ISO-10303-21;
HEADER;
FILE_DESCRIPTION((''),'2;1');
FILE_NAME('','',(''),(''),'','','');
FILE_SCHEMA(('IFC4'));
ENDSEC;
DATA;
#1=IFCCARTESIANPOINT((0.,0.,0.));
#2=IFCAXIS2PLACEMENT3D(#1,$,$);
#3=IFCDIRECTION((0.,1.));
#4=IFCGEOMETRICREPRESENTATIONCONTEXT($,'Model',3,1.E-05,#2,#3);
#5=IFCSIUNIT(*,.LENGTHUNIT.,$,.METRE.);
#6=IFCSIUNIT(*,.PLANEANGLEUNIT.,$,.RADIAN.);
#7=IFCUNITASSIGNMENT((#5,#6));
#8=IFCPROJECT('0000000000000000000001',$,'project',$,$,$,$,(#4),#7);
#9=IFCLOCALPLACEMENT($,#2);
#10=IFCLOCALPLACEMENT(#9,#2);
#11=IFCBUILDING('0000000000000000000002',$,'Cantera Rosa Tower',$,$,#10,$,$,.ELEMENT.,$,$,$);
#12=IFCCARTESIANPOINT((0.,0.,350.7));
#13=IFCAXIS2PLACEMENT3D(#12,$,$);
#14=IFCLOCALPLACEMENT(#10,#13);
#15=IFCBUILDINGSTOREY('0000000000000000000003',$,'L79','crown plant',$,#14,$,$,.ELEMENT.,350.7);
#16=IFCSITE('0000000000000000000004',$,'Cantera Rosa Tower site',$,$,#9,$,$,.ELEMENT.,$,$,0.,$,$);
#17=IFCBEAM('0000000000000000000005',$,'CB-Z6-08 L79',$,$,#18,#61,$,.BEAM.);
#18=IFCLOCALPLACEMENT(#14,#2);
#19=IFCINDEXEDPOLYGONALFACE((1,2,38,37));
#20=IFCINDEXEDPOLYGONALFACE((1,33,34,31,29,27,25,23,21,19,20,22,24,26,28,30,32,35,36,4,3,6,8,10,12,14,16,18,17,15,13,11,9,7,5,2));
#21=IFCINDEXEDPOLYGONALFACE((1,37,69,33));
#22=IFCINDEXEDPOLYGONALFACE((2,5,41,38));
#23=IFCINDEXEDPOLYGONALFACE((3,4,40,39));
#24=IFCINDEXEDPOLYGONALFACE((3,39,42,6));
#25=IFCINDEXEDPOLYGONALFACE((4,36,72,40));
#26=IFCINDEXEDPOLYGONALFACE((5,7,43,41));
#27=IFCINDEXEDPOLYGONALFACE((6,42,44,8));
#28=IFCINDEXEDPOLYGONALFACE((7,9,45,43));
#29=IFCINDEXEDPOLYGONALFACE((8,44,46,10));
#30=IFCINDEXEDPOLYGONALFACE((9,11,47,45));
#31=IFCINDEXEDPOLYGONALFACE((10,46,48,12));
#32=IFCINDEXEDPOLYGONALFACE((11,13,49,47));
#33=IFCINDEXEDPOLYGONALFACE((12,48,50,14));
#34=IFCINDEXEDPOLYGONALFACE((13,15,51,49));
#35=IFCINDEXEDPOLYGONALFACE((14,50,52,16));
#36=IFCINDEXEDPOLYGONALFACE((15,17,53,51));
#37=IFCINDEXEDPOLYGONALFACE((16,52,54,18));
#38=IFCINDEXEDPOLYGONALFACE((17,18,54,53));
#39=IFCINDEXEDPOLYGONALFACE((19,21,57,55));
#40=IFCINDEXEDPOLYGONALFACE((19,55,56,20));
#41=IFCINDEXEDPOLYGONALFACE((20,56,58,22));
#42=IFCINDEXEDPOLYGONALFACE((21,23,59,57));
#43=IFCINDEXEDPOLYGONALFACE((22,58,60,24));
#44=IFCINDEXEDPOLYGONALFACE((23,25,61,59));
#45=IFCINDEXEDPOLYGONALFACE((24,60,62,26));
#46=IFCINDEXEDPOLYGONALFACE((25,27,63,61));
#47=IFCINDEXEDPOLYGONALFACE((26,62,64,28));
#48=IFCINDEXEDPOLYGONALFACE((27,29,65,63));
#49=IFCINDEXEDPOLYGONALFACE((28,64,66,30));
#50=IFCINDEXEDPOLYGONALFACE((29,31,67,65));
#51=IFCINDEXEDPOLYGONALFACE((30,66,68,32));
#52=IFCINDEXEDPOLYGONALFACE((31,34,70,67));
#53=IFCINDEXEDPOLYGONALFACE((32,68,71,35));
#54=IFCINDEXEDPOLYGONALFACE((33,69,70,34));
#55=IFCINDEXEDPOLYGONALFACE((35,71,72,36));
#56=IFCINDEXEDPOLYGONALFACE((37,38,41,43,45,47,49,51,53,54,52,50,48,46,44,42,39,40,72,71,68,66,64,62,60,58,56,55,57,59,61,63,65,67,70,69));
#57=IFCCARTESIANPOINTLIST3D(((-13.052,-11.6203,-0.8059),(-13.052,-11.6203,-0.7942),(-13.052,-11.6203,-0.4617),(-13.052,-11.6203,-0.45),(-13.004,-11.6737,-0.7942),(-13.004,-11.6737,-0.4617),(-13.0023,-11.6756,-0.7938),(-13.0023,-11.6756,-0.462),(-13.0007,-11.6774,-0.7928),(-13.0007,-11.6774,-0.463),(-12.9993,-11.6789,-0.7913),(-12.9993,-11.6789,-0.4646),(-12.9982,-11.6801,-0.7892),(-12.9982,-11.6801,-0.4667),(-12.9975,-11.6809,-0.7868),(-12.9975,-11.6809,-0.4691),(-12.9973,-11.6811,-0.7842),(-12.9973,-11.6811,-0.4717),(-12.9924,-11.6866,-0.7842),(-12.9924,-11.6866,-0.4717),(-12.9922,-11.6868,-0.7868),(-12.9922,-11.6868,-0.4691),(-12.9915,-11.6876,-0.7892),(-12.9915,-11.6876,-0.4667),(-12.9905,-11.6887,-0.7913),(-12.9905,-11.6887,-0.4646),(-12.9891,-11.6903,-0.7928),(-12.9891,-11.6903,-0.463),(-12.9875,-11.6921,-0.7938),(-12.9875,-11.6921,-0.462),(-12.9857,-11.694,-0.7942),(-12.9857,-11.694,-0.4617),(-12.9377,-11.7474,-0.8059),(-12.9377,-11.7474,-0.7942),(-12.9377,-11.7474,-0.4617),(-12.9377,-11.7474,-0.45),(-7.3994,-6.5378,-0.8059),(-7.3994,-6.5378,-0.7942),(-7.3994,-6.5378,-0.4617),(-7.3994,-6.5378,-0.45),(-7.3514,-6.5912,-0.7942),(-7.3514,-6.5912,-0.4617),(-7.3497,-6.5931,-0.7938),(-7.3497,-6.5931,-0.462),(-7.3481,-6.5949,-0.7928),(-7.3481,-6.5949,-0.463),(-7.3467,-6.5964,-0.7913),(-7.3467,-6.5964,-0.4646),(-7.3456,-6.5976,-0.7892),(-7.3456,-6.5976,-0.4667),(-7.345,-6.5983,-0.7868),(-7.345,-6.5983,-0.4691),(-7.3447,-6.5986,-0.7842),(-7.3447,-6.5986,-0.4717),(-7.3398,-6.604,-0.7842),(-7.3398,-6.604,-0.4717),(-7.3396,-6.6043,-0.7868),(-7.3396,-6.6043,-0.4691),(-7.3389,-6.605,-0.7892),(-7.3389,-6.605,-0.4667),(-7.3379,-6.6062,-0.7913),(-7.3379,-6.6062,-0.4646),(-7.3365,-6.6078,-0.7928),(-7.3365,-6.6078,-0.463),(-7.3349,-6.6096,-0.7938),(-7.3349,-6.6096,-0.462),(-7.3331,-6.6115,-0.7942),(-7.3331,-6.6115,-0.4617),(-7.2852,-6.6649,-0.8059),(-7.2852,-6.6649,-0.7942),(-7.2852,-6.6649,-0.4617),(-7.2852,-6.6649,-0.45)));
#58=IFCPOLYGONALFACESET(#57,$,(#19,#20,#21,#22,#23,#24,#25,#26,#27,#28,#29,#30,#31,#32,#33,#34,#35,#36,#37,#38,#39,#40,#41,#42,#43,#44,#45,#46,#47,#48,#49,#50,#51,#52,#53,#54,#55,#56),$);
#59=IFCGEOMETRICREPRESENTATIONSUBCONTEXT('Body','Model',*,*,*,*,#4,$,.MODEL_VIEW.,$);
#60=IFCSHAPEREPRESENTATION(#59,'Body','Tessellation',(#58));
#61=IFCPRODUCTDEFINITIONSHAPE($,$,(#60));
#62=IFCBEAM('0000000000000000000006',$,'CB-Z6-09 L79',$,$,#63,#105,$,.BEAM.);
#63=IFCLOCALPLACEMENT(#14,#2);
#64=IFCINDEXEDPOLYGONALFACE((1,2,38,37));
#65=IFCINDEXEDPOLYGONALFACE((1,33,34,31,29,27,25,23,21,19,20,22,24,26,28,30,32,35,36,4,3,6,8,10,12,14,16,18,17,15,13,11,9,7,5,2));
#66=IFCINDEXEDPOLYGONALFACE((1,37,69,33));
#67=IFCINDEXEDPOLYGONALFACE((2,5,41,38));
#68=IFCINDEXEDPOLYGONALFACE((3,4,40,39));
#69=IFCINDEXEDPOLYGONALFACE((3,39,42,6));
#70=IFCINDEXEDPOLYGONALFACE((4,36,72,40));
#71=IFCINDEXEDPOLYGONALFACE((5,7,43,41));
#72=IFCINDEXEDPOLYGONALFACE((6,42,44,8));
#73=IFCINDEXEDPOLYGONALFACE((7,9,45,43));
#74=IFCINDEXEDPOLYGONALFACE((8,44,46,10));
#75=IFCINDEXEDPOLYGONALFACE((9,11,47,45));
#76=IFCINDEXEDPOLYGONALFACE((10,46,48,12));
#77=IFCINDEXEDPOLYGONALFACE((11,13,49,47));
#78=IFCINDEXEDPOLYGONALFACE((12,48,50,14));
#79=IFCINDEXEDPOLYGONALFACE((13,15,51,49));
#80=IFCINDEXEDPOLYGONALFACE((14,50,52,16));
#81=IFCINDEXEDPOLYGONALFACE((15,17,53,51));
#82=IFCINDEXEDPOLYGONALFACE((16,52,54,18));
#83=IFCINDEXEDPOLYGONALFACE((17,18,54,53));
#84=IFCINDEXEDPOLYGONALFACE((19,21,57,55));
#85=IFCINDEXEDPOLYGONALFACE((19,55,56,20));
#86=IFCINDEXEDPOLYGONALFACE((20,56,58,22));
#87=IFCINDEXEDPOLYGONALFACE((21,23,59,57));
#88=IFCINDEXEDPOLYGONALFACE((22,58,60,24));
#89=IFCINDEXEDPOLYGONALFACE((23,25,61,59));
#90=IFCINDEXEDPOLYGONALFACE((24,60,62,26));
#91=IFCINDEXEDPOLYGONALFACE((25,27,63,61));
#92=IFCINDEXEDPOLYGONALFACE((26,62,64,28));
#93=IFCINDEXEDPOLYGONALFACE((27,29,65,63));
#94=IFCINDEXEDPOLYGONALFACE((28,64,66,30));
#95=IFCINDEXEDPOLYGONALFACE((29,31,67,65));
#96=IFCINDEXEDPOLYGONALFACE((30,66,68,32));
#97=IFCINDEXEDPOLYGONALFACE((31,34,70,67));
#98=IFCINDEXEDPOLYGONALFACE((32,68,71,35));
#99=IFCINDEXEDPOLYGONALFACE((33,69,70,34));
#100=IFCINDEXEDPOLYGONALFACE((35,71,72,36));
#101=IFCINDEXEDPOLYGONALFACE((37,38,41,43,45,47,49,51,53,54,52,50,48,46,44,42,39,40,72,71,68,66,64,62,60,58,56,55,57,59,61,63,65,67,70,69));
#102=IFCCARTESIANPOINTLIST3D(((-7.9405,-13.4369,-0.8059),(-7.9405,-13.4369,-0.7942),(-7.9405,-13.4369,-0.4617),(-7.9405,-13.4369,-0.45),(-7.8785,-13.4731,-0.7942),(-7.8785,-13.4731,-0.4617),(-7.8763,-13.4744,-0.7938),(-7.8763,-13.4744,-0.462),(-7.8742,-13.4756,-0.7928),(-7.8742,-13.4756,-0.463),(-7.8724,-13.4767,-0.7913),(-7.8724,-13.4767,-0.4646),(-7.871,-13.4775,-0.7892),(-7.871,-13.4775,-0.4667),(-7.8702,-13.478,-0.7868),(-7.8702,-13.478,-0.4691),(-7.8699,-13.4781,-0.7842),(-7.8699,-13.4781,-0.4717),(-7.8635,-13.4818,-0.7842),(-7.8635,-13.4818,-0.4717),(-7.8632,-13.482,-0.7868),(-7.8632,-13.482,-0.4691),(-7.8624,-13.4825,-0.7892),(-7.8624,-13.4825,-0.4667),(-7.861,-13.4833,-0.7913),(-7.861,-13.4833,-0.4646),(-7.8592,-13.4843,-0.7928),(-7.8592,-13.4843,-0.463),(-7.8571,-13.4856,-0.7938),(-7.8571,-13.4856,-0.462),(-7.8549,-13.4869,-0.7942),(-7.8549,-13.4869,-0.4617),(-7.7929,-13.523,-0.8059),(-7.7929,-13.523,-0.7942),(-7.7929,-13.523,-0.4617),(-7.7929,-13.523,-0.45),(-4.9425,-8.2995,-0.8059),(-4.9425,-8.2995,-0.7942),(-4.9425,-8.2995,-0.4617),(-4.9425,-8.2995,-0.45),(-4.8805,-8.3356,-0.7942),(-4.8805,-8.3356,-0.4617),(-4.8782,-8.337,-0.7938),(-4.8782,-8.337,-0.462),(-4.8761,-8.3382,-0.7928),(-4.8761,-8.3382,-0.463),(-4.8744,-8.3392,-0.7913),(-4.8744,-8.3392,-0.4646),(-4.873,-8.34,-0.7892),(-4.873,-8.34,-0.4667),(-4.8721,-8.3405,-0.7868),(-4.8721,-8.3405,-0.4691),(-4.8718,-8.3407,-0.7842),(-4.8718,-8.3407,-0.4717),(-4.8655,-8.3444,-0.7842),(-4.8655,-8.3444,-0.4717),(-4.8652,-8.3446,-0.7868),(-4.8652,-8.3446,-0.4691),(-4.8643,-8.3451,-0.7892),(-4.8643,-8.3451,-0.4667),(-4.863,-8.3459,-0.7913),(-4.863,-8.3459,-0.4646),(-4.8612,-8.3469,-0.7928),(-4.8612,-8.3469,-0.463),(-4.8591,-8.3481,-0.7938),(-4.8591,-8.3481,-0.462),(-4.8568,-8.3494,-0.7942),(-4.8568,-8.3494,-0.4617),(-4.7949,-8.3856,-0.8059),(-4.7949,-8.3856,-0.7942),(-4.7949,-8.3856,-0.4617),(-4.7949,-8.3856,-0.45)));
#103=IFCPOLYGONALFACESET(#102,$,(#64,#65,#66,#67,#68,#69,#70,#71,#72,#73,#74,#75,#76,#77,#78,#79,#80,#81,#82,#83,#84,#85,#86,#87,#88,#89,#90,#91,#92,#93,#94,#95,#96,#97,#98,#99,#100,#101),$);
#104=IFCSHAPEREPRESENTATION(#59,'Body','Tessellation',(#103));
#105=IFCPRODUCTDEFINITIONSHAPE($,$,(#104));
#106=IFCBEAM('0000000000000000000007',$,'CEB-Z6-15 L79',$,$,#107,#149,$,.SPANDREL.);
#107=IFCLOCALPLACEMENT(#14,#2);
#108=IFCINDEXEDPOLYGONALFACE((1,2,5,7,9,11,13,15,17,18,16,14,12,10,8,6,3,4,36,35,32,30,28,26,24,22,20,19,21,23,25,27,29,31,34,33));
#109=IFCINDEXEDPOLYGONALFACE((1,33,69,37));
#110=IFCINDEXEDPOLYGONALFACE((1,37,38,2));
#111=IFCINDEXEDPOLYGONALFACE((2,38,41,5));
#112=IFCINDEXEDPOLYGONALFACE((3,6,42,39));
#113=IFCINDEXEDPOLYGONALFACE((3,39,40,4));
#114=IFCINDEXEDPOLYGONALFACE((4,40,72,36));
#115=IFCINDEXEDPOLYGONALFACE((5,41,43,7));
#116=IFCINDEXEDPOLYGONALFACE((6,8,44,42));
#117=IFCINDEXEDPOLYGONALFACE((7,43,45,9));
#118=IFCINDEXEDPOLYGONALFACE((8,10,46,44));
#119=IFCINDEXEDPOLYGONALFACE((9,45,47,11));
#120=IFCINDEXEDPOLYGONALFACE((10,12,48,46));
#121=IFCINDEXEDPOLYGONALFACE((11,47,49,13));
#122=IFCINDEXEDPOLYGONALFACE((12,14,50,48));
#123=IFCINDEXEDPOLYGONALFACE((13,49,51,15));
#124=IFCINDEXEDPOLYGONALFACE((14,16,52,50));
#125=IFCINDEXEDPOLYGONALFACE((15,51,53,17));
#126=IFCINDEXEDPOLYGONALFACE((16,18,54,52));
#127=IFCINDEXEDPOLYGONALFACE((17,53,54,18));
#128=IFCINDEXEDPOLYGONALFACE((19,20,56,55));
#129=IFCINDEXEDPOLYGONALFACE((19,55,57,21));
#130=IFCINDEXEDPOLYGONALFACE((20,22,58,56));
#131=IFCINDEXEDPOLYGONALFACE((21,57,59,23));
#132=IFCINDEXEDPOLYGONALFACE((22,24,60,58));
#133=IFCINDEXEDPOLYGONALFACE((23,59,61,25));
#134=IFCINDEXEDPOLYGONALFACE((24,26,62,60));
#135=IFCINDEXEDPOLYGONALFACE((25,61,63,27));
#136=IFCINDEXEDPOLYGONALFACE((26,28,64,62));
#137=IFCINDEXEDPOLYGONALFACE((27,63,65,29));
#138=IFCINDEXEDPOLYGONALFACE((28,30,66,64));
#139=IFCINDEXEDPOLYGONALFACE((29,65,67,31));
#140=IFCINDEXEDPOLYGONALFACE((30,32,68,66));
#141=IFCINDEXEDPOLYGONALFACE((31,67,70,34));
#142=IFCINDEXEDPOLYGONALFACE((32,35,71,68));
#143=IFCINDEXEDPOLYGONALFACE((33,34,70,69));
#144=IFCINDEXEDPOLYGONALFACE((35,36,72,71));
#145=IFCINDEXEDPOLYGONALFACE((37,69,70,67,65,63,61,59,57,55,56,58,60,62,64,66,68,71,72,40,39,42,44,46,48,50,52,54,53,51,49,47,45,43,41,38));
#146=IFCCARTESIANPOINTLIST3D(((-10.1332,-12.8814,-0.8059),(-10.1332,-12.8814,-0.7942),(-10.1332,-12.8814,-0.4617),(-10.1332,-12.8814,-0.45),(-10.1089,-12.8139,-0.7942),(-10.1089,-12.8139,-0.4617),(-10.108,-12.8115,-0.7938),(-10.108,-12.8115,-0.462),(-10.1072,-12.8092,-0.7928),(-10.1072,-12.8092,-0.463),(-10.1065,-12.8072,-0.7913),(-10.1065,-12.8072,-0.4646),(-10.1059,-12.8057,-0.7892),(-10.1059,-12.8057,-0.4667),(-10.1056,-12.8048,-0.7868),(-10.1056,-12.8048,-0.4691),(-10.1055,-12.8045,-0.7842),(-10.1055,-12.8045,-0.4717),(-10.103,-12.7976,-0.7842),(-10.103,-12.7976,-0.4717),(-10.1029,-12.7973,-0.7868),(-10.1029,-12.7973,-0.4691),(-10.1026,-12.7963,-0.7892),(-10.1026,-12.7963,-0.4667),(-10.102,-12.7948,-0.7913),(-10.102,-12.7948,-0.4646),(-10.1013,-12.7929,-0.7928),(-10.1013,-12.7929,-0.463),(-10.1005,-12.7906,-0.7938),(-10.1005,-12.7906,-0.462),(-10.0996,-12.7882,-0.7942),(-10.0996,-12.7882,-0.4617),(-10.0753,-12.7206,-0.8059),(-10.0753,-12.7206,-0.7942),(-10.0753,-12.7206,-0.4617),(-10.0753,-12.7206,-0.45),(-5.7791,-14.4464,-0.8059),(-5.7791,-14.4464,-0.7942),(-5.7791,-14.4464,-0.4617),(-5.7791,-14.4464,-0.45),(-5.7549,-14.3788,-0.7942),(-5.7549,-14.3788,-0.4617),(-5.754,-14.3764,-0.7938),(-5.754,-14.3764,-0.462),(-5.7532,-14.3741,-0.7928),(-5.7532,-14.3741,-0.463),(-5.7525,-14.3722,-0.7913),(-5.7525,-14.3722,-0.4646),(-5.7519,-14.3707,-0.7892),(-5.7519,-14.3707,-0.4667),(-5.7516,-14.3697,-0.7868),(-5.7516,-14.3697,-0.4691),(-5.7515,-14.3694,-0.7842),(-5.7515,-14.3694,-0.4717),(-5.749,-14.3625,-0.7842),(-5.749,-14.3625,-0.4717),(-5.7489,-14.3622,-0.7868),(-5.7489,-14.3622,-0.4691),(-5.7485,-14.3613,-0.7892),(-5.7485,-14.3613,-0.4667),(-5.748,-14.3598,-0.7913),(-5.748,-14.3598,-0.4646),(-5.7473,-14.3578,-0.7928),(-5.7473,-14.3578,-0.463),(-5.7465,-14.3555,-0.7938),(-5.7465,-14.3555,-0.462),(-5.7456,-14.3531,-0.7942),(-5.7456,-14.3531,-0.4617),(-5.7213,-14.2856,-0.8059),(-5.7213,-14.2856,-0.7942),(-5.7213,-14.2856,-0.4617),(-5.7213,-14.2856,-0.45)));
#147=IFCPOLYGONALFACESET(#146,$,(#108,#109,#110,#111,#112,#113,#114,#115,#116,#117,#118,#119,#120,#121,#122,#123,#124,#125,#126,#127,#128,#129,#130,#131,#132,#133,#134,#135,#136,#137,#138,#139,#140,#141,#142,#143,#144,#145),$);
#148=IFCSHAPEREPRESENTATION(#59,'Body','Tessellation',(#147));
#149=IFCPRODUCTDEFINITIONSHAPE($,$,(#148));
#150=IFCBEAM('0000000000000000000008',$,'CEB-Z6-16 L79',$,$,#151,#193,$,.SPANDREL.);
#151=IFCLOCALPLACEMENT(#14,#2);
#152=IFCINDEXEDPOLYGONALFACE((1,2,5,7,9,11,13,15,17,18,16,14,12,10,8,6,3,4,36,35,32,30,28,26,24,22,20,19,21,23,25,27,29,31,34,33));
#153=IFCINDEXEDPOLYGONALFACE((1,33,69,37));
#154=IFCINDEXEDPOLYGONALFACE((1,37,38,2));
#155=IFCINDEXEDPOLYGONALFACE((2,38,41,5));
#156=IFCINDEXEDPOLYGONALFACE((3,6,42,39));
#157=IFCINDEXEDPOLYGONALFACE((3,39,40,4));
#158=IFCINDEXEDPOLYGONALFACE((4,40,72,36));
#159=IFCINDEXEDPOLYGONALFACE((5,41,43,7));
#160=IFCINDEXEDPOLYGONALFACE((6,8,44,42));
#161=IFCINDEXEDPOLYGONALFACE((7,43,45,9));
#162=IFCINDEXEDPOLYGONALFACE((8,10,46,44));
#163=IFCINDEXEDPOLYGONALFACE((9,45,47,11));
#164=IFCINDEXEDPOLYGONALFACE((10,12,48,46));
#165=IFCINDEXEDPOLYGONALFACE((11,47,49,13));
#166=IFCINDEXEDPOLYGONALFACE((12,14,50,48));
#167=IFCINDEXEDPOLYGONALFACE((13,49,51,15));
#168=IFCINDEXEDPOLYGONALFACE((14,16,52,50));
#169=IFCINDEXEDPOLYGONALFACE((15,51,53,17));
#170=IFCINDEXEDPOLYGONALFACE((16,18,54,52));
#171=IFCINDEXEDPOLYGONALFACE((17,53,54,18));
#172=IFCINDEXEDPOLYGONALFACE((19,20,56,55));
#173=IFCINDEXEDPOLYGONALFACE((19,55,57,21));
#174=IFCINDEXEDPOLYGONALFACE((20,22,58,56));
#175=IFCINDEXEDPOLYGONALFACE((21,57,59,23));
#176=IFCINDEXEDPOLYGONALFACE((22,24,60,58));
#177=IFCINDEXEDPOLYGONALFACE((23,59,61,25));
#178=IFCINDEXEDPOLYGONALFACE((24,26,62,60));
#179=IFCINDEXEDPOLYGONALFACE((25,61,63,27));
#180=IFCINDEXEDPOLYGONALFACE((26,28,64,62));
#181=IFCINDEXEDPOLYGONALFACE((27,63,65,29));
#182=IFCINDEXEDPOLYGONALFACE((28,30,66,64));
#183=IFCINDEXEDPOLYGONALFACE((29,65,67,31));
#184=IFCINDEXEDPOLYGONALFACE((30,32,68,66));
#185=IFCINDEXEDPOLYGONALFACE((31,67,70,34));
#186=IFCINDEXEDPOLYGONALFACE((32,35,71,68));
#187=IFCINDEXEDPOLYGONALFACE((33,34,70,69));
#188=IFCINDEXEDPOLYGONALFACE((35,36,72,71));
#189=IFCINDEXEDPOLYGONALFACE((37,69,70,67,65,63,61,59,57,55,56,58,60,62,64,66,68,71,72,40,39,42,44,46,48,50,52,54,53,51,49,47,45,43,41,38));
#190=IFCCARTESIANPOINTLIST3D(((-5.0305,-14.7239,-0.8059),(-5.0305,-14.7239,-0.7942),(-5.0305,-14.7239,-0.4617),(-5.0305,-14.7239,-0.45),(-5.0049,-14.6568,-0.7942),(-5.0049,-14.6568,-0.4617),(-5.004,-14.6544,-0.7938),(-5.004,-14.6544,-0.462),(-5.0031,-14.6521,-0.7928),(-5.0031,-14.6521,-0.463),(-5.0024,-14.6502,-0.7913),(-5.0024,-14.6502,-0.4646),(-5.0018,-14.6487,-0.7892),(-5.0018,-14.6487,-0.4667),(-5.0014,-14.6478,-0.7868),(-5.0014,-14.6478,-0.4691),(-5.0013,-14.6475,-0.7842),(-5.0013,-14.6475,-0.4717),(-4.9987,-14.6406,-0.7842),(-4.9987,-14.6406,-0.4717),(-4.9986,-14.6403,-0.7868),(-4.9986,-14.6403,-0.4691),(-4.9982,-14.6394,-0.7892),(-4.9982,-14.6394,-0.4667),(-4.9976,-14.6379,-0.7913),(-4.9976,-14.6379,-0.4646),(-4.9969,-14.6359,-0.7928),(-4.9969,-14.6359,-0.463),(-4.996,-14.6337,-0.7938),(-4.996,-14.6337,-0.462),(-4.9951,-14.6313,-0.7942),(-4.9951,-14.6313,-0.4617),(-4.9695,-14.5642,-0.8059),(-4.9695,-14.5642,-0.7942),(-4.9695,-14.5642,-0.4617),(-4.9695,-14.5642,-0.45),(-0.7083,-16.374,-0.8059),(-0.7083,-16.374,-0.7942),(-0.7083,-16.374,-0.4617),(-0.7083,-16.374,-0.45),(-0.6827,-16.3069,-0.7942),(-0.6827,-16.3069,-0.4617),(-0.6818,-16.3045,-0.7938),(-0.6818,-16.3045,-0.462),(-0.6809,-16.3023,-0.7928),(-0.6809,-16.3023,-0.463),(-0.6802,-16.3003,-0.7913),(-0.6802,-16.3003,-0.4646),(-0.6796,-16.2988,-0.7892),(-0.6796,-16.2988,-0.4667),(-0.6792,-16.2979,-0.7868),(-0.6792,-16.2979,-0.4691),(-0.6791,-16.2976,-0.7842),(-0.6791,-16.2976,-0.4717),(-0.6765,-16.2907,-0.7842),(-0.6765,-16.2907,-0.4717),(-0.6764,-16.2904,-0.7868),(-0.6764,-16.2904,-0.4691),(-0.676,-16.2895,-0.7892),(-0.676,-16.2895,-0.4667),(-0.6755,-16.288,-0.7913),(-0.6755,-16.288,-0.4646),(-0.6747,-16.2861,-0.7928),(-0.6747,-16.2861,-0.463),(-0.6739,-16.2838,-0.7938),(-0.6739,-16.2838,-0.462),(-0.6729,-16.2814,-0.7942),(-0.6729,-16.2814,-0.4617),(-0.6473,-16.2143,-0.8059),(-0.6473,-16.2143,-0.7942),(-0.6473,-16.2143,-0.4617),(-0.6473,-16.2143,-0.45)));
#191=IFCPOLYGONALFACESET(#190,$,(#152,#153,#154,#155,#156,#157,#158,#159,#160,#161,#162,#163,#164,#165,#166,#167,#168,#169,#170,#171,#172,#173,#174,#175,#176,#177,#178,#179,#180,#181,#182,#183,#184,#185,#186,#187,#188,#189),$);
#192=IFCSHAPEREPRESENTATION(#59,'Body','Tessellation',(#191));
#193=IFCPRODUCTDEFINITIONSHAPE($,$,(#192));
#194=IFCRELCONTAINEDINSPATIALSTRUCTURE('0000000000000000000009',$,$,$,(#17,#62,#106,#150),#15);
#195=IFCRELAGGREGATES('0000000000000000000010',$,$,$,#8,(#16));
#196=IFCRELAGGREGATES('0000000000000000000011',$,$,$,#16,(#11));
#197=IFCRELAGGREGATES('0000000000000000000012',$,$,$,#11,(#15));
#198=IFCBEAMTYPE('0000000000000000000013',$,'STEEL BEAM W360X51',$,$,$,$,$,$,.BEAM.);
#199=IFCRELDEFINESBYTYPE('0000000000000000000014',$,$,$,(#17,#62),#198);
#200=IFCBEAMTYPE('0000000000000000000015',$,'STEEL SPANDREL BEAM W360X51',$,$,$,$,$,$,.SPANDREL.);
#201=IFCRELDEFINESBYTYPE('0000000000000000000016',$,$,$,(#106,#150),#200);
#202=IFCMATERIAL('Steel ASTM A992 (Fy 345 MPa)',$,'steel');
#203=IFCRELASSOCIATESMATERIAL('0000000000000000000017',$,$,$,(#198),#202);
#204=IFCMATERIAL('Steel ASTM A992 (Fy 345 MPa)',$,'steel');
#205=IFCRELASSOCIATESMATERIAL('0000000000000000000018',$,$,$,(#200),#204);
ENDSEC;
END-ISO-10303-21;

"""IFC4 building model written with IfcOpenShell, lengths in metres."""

from ifc_helpers import new_model, si_unit, direction, frame, origin, origin_2d, place, context, subcontext, project, spatial, i_section, extrude, material, material_profile, profile_set, type_object, element, save


model = new_model("IFC4")

# Units and contexts
model_context = context("Model", 3, precision=1e-05, world=origin(), true_north=direction((0.0, 1.0)))
body_context = subcontext(model_context, "Body", "Model", "MODEL_VIEW")
ifc_project = project(units=[si_unit("LENGTHUNIT", "METRE"), si_unit("PLANEANGLEUNIT", "RADIAN")], contexts=[model_context])

# Site, building, storey
site_placement = place(None, origin())
site = spatial("IfcSite", under=ifc_project, at=site_placement, Name="Cantera Rosa Tower site", CompositionType="ELEMENT", RefElevation=0.0)
building_placement = place(site_placement, origin())
building = spatial("IfcBuilding", under=site, at=building_placement, Name="Cantera Rosa Tower", CompositionType="ELEMENT")
storey_placement = place(building_placement, frame((0.0, 0.0, 350.7)))
storey = spatial("IfcBuildingStorey", under=building, at=storey_placement, Name="L79", Description="crown plant", CompositionType="ELEMENT", Elevation=350.7)

# Beams
ifc_material_1 = material(Name="Steel ASTM A992 (Fy 345 MPa)", Category="steel")
ifc_material_profile_1 = material_profile(ifc_material_1, i_section(OverallWidth=0.1709, OverallDepth=0.356, WebThickness=0.0073, FlangeThickness=0.0117, FilletRadius=0.01, at=origin_2d()), Name="W360X51")
ifc_profile_set_1 = profile_set([ifc_material_profile_1], Name="Steel ASTM A992 (Fy 345 MPa)")
beam_type_1 = type_object("IfcBeamType", Name="STEEL BEAM W360X51", PredefinedType="BEAM", material=ifc_profile_set_1)
beam_1_placement = place(storey_placement, frame((-12.9949, -11.6838, -0.6279), z_axis=(0.743609, 0.668615, 0.0), x_axis=(-0.668615, 0.743609, 0.0)))
element("IfcBeam", 1, at=beam_1_placement, inside=storey, type_object=beam_type_1, Name="CB-Z6-08 L79", PredefinedType="BEAM", context=body_context, shape_type="SweptSolid", body=[
    extrude(i_section(OverallWidth=0.1709, OverallDepth=0.356, WebThickness=0.0073, FlangeThickness=0.0117, FilletRadius=0.01, at=origin_2d()), origin(), (0.0, 0.0, 1.0), 7.6016),
])
beam_2_placement = place(storey_placement, frame((-7.8667, -13.48, -0.6279), z_axis=(0.504022, 0.863691, 0.0), x_axis=(-0.863691, 0.504022, 0.0)))
element("IfcBeam", 2, at=beam_2_placement, inside=storey, type_object=beam_type_1, Name="CB-Z6-09 L79", PredefinedType="BEAM", context=body_context, shape_type="SweptSolid", body=[
    extrude(i_section(OverallWidth=0.1709, OverallDepth=0.356, WebThickness=0.0073, FlangeThickness=0.0117, FilletRadius=0.01, at=origin_2d()), origin(), (0.0, 0.0, 1.0), 5.9482),
])
ifc_material_2 = material(Name="Steel ASTM A992 (Fy 345 MPa)", Category="steel")
ifc_material_profile_2 = material_profile(ifc_material_2, i_section(OverallWidth=0.1709, OverallDepth=0.356, WebThickness=0.0073, FlangeThickness=0.0117, FilletRadius=0.01, at=origin_2d()), Name="W360X51")
ifc_profile_set_2 = profile_set([ifc_material_profile_2], Name="Steel ASTM A992 (Fy 345 MPa)")
beam_type_2 = type_object("IfcBeamType", Name="STEEL SPANDREL BEAM W360X51", PredefinedType="SPANDREL", material=ifc_profile_set_2)
beam_3_placement = place(storey_placement, frame((-10.1042, -12.801, -0.6279), z_axis=(0.941059, -0.338241, 0.0), x_axis=(0.338241, 0.941059, 0.0)))
element("IfcBeam", 3, at=beam_3_placement, inside=storey, type_object=beam_type_2, Name="CEB-Z6-15 L79", PredefinedType="SPANDREL", context=body_context, shape_type="SweptSolid", body=[
    extrude(i_section(OverallWidth=0.1709, OverallDepth=0.356, WebThickness=0.0073, FlangeThickness=0.0117, FilletRadius=0.01, at=origin_2d()), origin(), (0.0, 0.0, 1.0), 4.6267),
])
beam_4_placement = place(storey_placement, frame((-5.0, -14.644, -0.6279), z_axis=(0.934231, -0.356669, 0.0), x_axis=(0.356669, 0.934231, 0.0)))
element("IfcBeam", 4, at=beam_4_placement, inside=storey, type_object=beam_type_2, Name="CEB-Z6-16 L79", PredefinedType="SPANDREL", context=body_context, shape_type="SweptSolid", body=[
    extrude(i_section(OverallWidth=0.1709, OverallDepth=0.356, WebThickness=0.0073, FlangeThickness=0.0117, FilletRadius=0.01, at=origin_2d()), origin(), (0.0, 0.0, 1.0), 4.6265),
])

save(model, "model.ifc")
